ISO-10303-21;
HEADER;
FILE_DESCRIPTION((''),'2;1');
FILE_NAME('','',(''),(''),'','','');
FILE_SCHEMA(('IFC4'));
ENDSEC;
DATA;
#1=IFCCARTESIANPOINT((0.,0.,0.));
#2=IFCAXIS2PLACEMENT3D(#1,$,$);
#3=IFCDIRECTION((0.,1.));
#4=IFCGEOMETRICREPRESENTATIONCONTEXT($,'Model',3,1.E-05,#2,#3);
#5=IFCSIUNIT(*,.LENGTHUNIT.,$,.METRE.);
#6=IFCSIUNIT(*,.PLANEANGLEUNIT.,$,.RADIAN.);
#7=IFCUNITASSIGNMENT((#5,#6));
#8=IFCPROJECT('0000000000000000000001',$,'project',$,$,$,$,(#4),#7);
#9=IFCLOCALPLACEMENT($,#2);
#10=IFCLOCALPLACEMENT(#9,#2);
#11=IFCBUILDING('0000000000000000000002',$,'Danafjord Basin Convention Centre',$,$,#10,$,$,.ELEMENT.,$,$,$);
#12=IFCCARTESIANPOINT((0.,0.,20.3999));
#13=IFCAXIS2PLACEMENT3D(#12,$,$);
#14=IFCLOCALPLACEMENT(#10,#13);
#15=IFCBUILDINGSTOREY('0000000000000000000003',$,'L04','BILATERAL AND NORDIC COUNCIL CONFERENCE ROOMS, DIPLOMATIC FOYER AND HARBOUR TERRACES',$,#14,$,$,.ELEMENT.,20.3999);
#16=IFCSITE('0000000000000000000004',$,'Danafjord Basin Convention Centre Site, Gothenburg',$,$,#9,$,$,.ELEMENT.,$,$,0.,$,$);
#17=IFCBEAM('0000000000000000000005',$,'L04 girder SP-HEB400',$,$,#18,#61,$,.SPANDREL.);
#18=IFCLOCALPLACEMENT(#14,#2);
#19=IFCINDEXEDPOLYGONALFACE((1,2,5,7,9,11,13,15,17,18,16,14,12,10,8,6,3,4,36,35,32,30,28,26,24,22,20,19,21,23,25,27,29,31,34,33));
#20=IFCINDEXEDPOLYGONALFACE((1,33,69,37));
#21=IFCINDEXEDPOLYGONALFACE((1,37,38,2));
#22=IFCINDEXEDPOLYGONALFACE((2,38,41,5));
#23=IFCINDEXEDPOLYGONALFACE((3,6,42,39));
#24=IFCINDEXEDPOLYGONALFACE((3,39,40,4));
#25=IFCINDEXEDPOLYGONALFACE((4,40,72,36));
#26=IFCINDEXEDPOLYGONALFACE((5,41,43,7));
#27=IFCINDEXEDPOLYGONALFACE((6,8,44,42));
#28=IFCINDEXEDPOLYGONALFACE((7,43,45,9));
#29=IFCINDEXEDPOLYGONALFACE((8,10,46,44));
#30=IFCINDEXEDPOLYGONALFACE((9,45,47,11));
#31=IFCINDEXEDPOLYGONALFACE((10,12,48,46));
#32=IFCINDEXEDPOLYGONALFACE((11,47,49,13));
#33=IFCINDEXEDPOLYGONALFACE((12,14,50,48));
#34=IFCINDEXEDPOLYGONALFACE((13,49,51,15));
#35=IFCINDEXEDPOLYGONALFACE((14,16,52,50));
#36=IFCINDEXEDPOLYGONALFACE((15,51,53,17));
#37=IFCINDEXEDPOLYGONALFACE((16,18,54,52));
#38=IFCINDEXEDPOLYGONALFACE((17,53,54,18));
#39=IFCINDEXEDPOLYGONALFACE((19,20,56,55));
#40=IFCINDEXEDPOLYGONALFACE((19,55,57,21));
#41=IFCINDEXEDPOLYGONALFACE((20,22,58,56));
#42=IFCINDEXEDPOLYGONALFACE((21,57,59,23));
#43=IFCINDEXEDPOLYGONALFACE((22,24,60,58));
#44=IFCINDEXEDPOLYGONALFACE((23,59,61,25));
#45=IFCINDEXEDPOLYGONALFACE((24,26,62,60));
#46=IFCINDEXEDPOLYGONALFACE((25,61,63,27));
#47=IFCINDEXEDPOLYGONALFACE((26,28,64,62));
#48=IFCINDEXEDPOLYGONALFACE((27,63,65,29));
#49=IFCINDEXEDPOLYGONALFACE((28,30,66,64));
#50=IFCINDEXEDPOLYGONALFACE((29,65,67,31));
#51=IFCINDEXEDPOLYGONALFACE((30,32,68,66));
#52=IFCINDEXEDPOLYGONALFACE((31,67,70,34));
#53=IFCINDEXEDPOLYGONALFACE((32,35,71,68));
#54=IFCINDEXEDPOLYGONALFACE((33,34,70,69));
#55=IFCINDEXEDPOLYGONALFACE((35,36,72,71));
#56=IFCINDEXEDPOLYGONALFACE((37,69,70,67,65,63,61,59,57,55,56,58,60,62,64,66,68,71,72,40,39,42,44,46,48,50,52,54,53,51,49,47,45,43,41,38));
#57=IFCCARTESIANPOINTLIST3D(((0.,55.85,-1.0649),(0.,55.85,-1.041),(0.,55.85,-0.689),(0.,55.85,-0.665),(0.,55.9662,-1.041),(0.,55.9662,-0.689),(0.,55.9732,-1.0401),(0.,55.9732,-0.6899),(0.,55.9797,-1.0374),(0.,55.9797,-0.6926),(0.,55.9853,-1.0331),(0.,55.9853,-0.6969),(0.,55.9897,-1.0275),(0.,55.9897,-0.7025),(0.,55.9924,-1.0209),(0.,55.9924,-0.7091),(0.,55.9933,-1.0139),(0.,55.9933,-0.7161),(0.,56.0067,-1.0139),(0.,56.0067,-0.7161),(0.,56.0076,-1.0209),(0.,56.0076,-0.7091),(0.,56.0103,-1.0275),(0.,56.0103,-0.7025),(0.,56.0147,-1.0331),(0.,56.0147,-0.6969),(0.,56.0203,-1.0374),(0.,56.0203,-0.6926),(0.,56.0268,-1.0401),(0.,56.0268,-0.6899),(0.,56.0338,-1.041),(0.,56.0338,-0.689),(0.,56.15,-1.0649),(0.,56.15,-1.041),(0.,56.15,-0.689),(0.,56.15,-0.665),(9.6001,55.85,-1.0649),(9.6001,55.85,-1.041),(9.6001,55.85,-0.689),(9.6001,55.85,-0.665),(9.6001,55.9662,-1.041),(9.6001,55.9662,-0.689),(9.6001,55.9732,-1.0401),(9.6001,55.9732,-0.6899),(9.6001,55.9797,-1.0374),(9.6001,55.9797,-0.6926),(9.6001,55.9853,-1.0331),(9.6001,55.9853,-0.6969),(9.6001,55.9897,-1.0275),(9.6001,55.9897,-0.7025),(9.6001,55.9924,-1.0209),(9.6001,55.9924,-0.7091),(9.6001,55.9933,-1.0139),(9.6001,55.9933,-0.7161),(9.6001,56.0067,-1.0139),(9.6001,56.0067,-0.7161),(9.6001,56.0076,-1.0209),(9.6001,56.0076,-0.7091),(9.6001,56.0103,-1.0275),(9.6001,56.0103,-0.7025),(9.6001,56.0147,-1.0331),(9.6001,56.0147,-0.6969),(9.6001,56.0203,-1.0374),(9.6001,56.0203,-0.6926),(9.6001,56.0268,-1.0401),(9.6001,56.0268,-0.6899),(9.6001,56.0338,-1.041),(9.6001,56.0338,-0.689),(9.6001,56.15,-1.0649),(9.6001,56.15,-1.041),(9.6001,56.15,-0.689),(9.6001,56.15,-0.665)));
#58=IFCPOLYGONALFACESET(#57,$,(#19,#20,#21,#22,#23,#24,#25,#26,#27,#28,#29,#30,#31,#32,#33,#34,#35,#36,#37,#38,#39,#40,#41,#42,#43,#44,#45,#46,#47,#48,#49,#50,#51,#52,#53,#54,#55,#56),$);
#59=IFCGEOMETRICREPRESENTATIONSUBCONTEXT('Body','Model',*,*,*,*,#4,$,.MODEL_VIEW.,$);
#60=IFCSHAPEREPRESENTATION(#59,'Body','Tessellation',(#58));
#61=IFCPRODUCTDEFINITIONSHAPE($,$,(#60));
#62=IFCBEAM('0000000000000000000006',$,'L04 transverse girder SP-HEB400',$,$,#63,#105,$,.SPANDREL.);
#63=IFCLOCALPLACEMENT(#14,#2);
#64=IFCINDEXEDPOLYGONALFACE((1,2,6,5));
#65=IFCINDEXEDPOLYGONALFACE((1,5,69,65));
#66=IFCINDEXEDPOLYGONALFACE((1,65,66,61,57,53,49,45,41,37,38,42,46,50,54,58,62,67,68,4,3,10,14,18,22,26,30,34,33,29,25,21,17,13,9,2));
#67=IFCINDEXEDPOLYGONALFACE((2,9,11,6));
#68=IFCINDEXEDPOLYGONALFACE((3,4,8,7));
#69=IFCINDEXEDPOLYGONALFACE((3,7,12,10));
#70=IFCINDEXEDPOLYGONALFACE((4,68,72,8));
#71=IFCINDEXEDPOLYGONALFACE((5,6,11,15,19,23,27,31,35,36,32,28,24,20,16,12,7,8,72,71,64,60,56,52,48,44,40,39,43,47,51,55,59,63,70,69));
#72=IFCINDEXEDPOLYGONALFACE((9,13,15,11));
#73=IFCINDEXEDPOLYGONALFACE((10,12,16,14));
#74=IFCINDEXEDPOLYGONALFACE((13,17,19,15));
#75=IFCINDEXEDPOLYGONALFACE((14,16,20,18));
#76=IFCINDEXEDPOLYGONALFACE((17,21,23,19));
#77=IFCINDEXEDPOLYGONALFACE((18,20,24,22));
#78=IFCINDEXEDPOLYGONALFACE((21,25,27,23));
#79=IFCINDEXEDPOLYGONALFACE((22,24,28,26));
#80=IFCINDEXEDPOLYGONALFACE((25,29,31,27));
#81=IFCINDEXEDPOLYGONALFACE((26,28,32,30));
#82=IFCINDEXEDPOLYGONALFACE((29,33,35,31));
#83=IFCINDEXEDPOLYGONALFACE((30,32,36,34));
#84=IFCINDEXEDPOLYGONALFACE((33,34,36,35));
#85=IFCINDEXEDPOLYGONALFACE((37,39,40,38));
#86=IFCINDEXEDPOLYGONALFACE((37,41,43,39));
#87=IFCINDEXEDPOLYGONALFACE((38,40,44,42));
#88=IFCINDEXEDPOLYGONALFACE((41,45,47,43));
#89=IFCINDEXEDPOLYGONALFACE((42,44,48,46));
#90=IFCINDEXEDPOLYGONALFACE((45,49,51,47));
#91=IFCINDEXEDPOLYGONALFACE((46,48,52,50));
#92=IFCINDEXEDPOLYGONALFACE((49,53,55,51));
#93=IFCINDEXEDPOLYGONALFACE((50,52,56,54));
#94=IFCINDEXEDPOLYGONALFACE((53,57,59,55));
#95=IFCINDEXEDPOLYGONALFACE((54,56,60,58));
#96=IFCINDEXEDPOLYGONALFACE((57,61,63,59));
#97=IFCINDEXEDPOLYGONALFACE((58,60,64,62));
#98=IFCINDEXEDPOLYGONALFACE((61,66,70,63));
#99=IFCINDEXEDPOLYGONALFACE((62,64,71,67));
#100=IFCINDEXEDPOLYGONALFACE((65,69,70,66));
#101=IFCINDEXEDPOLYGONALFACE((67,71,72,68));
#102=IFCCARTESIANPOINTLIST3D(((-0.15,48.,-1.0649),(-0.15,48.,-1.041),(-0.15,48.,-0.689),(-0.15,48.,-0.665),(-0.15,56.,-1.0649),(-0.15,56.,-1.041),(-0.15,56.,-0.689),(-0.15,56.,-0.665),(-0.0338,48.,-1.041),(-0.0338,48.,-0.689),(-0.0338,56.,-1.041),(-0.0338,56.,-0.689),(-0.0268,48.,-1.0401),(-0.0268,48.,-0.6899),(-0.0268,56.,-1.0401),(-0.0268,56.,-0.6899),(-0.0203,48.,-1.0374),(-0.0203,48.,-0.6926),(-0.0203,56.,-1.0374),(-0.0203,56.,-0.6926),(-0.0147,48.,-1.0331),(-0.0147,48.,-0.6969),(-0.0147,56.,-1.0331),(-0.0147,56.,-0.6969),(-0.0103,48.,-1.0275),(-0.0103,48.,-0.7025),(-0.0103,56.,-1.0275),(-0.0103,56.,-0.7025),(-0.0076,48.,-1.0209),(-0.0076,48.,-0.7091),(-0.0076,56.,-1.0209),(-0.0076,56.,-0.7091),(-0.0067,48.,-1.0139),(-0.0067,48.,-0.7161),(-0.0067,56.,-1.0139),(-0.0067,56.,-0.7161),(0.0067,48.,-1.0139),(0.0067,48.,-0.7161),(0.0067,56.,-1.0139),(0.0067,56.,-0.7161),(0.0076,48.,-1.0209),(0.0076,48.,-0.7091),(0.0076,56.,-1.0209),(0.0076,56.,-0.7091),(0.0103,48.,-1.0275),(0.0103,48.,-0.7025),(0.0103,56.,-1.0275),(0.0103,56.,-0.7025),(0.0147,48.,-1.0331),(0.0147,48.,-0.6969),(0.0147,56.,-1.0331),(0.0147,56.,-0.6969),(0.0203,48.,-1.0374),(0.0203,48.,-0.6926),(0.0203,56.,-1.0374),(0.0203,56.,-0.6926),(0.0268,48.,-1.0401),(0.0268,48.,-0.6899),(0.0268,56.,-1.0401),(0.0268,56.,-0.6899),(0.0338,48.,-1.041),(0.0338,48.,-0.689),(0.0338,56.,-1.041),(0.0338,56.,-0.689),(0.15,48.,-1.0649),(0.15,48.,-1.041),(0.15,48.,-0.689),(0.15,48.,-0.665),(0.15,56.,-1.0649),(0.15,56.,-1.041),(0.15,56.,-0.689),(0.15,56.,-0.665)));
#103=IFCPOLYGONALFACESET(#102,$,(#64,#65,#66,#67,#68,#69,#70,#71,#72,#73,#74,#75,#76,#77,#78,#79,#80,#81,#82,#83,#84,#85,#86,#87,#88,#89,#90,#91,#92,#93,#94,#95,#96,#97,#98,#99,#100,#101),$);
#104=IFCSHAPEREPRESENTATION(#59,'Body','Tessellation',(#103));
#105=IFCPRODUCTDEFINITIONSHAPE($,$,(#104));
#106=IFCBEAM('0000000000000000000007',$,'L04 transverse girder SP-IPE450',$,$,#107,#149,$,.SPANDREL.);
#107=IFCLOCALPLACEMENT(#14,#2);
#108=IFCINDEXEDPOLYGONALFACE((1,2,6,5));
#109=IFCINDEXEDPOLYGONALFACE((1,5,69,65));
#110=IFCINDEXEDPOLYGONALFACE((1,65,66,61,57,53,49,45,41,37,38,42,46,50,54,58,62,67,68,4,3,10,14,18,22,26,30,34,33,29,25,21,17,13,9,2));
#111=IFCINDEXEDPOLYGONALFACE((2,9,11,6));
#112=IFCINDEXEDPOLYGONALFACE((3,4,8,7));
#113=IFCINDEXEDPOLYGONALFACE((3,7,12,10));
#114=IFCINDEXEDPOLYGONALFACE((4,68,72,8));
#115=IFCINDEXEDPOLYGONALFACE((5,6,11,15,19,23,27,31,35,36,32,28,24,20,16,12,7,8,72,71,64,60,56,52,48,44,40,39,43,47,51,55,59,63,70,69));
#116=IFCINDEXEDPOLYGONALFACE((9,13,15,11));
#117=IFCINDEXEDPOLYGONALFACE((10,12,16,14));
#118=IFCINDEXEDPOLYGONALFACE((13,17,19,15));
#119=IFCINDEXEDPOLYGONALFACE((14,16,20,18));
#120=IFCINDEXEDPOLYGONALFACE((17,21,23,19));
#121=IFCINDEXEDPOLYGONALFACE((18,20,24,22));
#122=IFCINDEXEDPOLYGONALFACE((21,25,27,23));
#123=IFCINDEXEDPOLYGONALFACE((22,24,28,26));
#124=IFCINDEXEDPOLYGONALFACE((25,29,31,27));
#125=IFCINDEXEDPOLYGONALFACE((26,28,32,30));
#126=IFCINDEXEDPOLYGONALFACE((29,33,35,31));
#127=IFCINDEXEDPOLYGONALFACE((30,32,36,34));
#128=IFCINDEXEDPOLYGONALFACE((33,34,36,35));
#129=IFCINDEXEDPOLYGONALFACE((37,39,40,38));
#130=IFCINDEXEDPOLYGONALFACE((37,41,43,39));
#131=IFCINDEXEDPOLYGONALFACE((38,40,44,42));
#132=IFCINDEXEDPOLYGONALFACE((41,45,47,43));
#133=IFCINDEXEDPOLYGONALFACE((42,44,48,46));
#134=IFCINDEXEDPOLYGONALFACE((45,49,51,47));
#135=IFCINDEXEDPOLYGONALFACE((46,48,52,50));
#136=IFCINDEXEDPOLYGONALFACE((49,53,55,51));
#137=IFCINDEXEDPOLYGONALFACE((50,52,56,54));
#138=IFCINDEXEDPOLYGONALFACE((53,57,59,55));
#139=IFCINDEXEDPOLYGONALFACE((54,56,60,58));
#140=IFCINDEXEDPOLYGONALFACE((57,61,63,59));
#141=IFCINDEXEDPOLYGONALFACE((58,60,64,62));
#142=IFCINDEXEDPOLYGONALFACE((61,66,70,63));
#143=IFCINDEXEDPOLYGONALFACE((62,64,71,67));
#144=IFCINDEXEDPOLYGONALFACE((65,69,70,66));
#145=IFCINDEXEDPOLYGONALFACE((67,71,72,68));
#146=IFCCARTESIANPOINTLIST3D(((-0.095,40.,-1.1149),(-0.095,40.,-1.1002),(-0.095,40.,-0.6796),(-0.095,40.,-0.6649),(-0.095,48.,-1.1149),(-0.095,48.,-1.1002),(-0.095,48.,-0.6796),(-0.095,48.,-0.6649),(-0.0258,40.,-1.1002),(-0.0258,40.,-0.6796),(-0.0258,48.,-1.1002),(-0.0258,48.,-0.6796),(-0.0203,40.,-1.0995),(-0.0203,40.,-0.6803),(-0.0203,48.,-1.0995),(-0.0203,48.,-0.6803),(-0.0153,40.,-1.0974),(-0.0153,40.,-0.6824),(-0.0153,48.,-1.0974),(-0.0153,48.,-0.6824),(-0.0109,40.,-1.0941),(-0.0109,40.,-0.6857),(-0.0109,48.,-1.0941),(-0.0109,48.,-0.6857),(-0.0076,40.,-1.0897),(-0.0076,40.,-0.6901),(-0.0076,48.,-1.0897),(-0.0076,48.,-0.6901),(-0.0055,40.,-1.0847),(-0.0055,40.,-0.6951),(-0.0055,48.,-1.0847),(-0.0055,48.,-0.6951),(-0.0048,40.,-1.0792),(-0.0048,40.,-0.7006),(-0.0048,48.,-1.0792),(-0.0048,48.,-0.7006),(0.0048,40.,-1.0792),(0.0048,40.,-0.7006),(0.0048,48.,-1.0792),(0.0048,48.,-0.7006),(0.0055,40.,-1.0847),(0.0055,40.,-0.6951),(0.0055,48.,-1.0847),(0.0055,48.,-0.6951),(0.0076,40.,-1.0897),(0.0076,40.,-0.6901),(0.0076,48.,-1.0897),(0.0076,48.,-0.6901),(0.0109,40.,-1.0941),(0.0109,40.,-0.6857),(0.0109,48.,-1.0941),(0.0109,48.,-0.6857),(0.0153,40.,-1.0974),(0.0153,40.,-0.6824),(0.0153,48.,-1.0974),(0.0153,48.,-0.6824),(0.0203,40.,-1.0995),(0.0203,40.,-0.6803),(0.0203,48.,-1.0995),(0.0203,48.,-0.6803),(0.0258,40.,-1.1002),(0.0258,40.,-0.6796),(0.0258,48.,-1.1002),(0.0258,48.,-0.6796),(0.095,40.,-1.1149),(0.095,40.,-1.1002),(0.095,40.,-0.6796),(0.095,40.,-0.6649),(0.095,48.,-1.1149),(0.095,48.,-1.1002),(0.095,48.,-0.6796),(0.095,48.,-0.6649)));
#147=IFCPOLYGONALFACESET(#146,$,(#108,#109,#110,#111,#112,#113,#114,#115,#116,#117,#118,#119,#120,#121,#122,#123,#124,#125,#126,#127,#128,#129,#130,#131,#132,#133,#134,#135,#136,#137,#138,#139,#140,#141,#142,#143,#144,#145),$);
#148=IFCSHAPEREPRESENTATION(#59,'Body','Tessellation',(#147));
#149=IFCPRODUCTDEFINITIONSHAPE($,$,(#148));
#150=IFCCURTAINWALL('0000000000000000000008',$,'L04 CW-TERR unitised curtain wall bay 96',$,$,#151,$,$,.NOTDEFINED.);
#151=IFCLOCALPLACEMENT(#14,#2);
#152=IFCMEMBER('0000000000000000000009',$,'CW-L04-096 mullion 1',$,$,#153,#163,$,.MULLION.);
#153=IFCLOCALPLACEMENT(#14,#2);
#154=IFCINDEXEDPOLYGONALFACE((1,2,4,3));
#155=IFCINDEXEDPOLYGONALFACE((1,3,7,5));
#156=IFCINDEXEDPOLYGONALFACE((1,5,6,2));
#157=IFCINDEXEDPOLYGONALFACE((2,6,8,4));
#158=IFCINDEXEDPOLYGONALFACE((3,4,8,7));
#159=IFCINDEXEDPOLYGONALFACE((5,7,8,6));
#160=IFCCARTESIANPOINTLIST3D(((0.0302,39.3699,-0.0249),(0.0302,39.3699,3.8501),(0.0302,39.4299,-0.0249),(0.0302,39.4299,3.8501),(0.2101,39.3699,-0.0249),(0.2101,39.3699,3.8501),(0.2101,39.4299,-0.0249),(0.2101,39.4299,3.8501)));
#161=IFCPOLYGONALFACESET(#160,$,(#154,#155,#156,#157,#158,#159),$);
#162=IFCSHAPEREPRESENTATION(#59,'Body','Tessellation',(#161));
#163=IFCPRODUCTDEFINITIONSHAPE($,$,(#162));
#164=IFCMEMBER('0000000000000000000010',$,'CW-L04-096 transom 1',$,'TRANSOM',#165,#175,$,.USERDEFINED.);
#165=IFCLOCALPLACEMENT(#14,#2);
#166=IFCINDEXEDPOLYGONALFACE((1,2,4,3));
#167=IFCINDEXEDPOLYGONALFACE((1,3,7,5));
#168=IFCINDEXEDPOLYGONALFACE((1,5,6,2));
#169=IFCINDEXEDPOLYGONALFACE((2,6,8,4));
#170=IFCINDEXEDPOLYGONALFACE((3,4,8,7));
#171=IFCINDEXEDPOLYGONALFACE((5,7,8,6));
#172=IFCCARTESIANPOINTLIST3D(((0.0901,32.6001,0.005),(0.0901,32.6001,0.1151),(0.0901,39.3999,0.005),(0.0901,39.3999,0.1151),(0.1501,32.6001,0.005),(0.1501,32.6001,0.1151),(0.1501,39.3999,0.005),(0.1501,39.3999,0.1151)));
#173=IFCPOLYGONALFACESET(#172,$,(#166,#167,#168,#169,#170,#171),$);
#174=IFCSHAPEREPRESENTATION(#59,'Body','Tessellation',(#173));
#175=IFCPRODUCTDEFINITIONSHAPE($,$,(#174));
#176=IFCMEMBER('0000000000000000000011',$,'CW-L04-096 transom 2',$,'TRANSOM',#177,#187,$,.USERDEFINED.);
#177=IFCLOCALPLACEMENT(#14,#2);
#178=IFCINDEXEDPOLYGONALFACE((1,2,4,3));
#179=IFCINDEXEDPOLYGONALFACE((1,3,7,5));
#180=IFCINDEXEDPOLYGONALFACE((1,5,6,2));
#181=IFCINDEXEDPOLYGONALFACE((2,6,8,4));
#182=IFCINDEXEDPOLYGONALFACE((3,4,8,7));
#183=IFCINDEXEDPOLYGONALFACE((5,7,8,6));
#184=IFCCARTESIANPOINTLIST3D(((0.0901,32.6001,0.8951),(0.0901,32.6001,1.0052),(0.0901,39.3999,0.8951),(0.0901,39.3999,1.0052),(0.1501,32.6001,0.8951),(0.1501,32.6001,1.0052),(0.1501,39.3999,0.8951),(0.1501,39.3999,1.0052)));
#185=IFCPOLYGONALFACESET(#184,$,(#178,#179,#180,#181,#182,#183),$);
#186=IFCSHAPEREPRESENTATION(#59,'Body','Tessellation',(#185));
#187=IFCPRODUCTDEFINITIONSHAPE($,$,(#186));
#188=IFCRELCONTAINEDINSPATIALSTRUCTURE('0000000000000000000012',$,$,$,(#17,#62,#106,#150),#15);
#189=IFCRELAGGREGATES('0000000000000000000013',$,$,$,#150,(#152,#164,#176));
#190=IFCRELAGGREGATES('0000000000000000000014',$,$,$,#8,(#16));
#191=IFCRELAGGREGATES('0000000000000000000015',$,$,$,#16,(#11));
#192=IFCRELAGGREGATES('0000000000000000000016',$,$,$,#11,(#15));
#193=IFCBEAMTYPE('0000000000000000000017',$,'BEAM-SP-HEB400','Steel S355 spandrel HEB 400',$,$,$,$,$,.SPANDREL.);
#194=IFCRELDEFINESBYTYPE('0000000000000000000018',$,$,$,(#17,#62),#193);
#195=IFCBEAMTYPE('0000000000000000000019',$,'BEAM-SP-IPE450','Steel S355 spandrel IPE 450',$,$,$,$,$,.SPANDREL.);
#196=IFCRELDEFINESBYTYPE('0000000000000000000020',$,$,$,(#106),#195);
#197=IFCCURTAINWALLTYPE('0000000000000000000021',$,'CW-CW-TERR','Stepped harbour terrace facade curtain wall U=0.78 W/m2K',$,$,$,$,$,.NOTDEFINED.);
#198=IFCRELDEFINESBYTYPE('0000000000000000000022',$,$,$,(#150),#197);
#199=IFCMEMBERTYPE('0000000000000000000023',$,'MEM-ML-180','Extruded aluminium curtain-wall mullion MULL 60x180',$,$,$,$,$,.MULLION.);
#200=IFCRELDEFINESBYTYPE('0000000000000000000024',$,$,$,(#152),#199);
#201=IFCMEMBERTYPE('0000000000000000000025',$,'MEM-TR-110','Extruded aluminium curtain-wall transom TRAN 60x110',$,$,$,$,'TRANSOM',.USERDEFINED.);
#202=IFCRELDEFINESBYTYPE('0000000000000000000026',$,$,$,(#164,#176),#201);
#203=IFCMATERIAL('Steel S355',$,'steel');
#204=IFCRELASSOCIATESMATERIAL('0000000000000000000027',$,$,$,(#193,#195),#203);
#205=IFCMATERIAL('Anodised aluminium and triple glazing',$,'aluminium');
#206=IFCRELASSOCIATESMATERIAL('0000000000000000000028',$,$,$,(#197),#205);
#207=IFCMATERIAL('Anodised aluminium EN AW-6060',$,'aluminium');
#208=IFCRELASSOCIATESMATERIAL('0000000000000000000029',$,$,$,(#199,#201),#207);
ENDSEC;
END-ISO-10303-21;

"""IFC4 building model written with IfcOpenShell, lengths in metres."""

from ifc_helpers import new_model, si_unit, direction, frame, origin, origin_2d, place, context, subcontext, project, spatial, rectangle, i_section, extrude, material, material_profile, profile_set, type_object, element, aggregate, save


model = new_model("IFC4")

# Units and contexts
model_context = context("Model", 3, precision=1e-05, world=origin(), true_north=direction((0.0, 1.0)))
body_context = subcontext(model_context, "Body", "Model", "MODEL_VIEW")
ifc_project = project(units=[si_unit("LENGTHUNIT", "METRE"), si_unit("PLANEANGLEUNIT", "RADIAN")], contexts=[model_context])

# Site, building, storey
site_placement = place(None, origin())
site = spatial("IfcSite", under=ifc_project, at=site_placement, Name="Danafjord Basin Convention Centre Site, Gothenburg", CompositionType="ELEMENT", RefElevation=0.0)
building_placement = place(site_placement, origin())
building = spatial("IfcBuilding", under=site, at=building_placement, Name="Danafjord Basin Convention Centre", CompositionType="ELEMENT")
storey_placement = place(building_placement, frame((0.0, 0.0, 20.3999)))
storey = spatial("IfcBuildingStorey", under=building, at=storey_placement, Name="L04", Description="BILATERAL AND NORDIC COUNCIL CONFERENCE ROOMS, DIPLOMATIC FOYER AND HARBOUR TERRACES", CompositionType="ELEMENT", Elevation=20.3999)

# Shared definitions
ifc_material_1 = material(Name="Steel S355", Category="steel")

# Beams
ifc_material_profile_1 = material_profile(ifc_material_1, i_section(OverallWidth=0.3, OverallDepth=0.3999, WebThickness=0.0134, FlangeThickness=0.0239, FilletRadius=0.0271, at=origin_2d()), Name="HEB 400")
ifc_profile_set_1 = profile_set([ifc_material_profile_1], Name="Steel S355")
beam_type_1 = type_object("IfcBeamType", Name="BEAM-SP-HEB400", Description="Steel S355 spandrel HEB 400", PredefinedType="SPANDREL", material=ifc_profile_set_1)
beam_1_placement = place(storey_placement, frame((0.0, 56.0, -0.865), z_axis=(1.0, 0.0, 0.0), x_axis=(0.0, 1.0, 0.0)))
element("IfcBeam", 1, at=beam_1_placement, inside=storey, type_object=beam_type_1, Name="L04 girder SP-HEB400", PredefinedType="SPANDREL", context=body_context, shape_type="SweptSolid", body=[
    extrude(i_section(OverallWidth=0.3, OverallDepth=0.3999, WebThickness=0.0134, FlangeThickness=0.0239, FilletRadius=0.0271, at=origin_2d()), origin(), (0.0, 0.0, 1.0), 9.6001),
])
beam_2_placement = place(storey_placement, frame((0.0, 48.0, -0.865), z_axis=(0.0, 1.0, 0.0), x_axis=(-1.0, 0.0, 0.0)))
element("IfcBeam", 2, at=beam_2_placement, inside=storey, type_object=beam_type_1, Name="L04 transverse girder SP-HEB400", PredefinedType="SPANDREL", context=body_context, shape_type="SweptSolid", body=[
    extrude(i_section(OverallWidth=0.3, OverallDepth=0.3999, WebThickness=0.0134, FlangeThickness=0.0239, FilletRadius=0.0271, at=origin_2d()), origin(), (0.0, 0.0, 1.0), 8.0),
])
ifc_material_profile_2 = material_profile(ifc_material_1, i_section(OverallWidth=0.1899, OverallDepth=0.45, WebThickness=0.0095, FlangeThickness=0.0146, FilletRadius=0.021, at=origin_2d()), Name="IPE 450")
ifc_profile_set_2 = profile_set([ifc_material_profile_2], Name="Steel S355")
beam_type_2 = type_object("IfcBeamType", Name="BEAM-SP-IPE450", Description="Steel S355 spandrel IPE 450", PredefinedType="SPANDREL", material=ifc_profile_set_2)
beam_3_placement = place(storey_placement, frame((0.0, 40.0, -0.8899), z_axis=(0.0, 1.0, 0.0), x_axis=(-1.0, 0.0, 0.0)))
element("IfcBeam", 3, at=beam_3_placement, inside=storey, type_object=beam_type_2, Name="L04 transverse girder SP-IPE450", PredefinedType="SPANDREL", context=body_context, shape_type="SweptSolid", body=[
    extrude(i_section(OverallWidth=0.1899, OverallDepth=0.45, WebThickness=0.0095, FlangeThickness=0.0146, FilletRadius=0.021, at=origin_2d()), origin(), (0.0, 0.0, 1.0), 8.0),
])

# Curtain wall, members
ifc_material_2 = material(Name="Anodised aluminium and triple glazing", Category="aluminium")
curtain_wall_type = type_object("IfcCurtainWallType", Name="CW-CW-TERR", Description="Stepped harbour terrace facade curtain wall U=0.78 W/m2K", PredefinedType="NOTDEFINED", material=ifc_material_2)
curtain_wall_placement = place(storey_placement, origin())
curtain_wall = element("IfcCurtainWall", 4, at=curtain_wall_placement, inside=storey, type_object=curtain_wall_type, Name="L04 CW-TERR unitised curtain wall bay 96", PredefinedType="NOTDEFINED")
ifc_material_3 = material(Name="Anodised aluminium EN AW-6060", Category="aluminium")
ifc_material_profile_3 = material_profile(ifc_material_3, rectangle(XDim=0.0601, YDim=0.1799, at=origin_2d()), Name="MULL 60x180")
ifc_profile_set_3 = profile_set([ifc_material_profile_3], Name="Anodised aluminium EN AW-6060")
member_type_1 = type_object("IfcMemberType", Name="MEM-ML-180", Description="Extruded aluminium curtain-wall mullion MULL 60x180", PredefinedType="MULLION", material=ifc_profile_set_3)
member_1_placement = place(storey_placement, frame((0.1201, 39.3999, -0.0249), z_axis=(0.0, 0.0, 1.0), x_axis=(0.0, -1.0, 0.0)))
member_1 = element("IfcMember", 5, at=member_1_placement, type_object=member_type_1, Name="CW-L04-096 mullion 1", PredefinedType="MULLION", context=body_context, shape_type="SweptSolid", body=[
    extrude(rectangle(XDim=0.0601, YDim=0.1799, at=origin_2d()), origin(), (0.0, 0.0, 1.0), 3.875),
])
ifc_material_profile_4 = material_profile(ifc_material_3, rectangle(XDim=0.0601, YDim=0.1101, at=origin_2d()), Name="TRAN 60x110")
ifc_profile_set_4 = profile_set([ifc_material_profile_4], Name="Anodised aluminium EN AW-6060")
member_type_2 = type_object("IfcMemberType", Name="MEM-TR-110", Description="Extruded aluminium curtain-wall transom TRAN 60x110", ElementType="TRANSOM", PredefinedType="USERDEFINED", material=ifc_profile_set_4)
member_2_placement = place(storey_placement, frame((0.1201, 39.3999, 0.0601), z_axis=(0.0, -1.0, 0.0), x_axis=(1.0, 0.0, 0.0)))
member_2 = element("IfcMember", 6, at=member_2_placement, type_object=member_type_2, Name="CW-L04-096 transom 1", ObjectType="TRANSOM", PredefinedType="USERDEFINED", context=body_context, shape_type="SweptSolid", body=[
    extrude(rectangle(XDim=0.0601, YDim=0.1101, at=origin_2d()), origin(), (0.0, 0.0, 1.0), 6.7998),
])
member_3_placement = place(storey_placement, frame((0.1201, 39.3999, 0.9502), z_axis=(0.0, -1.0, 0.0), x_axis=(1.0, 0.0, 0.0)))
member_3 = element("IfcMember", 7, at=member_3_placement, type_object=member_type_2, Name="CW-L04-096 transom 2", ObjectType="TRANSOM", PredefinedType="USERDEFINED", context=body_context, shape_type="SweptSolid", body=[
    extrude(rectangle(XDim=0.0601, YDim=0.1101, at=origin_2d()), origin(), (0.0, 0.0, 1.0), 6.7998),
])
aggregate(curtain_wall, [member_1, member_2, member_3])

save(model, "model.ifc")
